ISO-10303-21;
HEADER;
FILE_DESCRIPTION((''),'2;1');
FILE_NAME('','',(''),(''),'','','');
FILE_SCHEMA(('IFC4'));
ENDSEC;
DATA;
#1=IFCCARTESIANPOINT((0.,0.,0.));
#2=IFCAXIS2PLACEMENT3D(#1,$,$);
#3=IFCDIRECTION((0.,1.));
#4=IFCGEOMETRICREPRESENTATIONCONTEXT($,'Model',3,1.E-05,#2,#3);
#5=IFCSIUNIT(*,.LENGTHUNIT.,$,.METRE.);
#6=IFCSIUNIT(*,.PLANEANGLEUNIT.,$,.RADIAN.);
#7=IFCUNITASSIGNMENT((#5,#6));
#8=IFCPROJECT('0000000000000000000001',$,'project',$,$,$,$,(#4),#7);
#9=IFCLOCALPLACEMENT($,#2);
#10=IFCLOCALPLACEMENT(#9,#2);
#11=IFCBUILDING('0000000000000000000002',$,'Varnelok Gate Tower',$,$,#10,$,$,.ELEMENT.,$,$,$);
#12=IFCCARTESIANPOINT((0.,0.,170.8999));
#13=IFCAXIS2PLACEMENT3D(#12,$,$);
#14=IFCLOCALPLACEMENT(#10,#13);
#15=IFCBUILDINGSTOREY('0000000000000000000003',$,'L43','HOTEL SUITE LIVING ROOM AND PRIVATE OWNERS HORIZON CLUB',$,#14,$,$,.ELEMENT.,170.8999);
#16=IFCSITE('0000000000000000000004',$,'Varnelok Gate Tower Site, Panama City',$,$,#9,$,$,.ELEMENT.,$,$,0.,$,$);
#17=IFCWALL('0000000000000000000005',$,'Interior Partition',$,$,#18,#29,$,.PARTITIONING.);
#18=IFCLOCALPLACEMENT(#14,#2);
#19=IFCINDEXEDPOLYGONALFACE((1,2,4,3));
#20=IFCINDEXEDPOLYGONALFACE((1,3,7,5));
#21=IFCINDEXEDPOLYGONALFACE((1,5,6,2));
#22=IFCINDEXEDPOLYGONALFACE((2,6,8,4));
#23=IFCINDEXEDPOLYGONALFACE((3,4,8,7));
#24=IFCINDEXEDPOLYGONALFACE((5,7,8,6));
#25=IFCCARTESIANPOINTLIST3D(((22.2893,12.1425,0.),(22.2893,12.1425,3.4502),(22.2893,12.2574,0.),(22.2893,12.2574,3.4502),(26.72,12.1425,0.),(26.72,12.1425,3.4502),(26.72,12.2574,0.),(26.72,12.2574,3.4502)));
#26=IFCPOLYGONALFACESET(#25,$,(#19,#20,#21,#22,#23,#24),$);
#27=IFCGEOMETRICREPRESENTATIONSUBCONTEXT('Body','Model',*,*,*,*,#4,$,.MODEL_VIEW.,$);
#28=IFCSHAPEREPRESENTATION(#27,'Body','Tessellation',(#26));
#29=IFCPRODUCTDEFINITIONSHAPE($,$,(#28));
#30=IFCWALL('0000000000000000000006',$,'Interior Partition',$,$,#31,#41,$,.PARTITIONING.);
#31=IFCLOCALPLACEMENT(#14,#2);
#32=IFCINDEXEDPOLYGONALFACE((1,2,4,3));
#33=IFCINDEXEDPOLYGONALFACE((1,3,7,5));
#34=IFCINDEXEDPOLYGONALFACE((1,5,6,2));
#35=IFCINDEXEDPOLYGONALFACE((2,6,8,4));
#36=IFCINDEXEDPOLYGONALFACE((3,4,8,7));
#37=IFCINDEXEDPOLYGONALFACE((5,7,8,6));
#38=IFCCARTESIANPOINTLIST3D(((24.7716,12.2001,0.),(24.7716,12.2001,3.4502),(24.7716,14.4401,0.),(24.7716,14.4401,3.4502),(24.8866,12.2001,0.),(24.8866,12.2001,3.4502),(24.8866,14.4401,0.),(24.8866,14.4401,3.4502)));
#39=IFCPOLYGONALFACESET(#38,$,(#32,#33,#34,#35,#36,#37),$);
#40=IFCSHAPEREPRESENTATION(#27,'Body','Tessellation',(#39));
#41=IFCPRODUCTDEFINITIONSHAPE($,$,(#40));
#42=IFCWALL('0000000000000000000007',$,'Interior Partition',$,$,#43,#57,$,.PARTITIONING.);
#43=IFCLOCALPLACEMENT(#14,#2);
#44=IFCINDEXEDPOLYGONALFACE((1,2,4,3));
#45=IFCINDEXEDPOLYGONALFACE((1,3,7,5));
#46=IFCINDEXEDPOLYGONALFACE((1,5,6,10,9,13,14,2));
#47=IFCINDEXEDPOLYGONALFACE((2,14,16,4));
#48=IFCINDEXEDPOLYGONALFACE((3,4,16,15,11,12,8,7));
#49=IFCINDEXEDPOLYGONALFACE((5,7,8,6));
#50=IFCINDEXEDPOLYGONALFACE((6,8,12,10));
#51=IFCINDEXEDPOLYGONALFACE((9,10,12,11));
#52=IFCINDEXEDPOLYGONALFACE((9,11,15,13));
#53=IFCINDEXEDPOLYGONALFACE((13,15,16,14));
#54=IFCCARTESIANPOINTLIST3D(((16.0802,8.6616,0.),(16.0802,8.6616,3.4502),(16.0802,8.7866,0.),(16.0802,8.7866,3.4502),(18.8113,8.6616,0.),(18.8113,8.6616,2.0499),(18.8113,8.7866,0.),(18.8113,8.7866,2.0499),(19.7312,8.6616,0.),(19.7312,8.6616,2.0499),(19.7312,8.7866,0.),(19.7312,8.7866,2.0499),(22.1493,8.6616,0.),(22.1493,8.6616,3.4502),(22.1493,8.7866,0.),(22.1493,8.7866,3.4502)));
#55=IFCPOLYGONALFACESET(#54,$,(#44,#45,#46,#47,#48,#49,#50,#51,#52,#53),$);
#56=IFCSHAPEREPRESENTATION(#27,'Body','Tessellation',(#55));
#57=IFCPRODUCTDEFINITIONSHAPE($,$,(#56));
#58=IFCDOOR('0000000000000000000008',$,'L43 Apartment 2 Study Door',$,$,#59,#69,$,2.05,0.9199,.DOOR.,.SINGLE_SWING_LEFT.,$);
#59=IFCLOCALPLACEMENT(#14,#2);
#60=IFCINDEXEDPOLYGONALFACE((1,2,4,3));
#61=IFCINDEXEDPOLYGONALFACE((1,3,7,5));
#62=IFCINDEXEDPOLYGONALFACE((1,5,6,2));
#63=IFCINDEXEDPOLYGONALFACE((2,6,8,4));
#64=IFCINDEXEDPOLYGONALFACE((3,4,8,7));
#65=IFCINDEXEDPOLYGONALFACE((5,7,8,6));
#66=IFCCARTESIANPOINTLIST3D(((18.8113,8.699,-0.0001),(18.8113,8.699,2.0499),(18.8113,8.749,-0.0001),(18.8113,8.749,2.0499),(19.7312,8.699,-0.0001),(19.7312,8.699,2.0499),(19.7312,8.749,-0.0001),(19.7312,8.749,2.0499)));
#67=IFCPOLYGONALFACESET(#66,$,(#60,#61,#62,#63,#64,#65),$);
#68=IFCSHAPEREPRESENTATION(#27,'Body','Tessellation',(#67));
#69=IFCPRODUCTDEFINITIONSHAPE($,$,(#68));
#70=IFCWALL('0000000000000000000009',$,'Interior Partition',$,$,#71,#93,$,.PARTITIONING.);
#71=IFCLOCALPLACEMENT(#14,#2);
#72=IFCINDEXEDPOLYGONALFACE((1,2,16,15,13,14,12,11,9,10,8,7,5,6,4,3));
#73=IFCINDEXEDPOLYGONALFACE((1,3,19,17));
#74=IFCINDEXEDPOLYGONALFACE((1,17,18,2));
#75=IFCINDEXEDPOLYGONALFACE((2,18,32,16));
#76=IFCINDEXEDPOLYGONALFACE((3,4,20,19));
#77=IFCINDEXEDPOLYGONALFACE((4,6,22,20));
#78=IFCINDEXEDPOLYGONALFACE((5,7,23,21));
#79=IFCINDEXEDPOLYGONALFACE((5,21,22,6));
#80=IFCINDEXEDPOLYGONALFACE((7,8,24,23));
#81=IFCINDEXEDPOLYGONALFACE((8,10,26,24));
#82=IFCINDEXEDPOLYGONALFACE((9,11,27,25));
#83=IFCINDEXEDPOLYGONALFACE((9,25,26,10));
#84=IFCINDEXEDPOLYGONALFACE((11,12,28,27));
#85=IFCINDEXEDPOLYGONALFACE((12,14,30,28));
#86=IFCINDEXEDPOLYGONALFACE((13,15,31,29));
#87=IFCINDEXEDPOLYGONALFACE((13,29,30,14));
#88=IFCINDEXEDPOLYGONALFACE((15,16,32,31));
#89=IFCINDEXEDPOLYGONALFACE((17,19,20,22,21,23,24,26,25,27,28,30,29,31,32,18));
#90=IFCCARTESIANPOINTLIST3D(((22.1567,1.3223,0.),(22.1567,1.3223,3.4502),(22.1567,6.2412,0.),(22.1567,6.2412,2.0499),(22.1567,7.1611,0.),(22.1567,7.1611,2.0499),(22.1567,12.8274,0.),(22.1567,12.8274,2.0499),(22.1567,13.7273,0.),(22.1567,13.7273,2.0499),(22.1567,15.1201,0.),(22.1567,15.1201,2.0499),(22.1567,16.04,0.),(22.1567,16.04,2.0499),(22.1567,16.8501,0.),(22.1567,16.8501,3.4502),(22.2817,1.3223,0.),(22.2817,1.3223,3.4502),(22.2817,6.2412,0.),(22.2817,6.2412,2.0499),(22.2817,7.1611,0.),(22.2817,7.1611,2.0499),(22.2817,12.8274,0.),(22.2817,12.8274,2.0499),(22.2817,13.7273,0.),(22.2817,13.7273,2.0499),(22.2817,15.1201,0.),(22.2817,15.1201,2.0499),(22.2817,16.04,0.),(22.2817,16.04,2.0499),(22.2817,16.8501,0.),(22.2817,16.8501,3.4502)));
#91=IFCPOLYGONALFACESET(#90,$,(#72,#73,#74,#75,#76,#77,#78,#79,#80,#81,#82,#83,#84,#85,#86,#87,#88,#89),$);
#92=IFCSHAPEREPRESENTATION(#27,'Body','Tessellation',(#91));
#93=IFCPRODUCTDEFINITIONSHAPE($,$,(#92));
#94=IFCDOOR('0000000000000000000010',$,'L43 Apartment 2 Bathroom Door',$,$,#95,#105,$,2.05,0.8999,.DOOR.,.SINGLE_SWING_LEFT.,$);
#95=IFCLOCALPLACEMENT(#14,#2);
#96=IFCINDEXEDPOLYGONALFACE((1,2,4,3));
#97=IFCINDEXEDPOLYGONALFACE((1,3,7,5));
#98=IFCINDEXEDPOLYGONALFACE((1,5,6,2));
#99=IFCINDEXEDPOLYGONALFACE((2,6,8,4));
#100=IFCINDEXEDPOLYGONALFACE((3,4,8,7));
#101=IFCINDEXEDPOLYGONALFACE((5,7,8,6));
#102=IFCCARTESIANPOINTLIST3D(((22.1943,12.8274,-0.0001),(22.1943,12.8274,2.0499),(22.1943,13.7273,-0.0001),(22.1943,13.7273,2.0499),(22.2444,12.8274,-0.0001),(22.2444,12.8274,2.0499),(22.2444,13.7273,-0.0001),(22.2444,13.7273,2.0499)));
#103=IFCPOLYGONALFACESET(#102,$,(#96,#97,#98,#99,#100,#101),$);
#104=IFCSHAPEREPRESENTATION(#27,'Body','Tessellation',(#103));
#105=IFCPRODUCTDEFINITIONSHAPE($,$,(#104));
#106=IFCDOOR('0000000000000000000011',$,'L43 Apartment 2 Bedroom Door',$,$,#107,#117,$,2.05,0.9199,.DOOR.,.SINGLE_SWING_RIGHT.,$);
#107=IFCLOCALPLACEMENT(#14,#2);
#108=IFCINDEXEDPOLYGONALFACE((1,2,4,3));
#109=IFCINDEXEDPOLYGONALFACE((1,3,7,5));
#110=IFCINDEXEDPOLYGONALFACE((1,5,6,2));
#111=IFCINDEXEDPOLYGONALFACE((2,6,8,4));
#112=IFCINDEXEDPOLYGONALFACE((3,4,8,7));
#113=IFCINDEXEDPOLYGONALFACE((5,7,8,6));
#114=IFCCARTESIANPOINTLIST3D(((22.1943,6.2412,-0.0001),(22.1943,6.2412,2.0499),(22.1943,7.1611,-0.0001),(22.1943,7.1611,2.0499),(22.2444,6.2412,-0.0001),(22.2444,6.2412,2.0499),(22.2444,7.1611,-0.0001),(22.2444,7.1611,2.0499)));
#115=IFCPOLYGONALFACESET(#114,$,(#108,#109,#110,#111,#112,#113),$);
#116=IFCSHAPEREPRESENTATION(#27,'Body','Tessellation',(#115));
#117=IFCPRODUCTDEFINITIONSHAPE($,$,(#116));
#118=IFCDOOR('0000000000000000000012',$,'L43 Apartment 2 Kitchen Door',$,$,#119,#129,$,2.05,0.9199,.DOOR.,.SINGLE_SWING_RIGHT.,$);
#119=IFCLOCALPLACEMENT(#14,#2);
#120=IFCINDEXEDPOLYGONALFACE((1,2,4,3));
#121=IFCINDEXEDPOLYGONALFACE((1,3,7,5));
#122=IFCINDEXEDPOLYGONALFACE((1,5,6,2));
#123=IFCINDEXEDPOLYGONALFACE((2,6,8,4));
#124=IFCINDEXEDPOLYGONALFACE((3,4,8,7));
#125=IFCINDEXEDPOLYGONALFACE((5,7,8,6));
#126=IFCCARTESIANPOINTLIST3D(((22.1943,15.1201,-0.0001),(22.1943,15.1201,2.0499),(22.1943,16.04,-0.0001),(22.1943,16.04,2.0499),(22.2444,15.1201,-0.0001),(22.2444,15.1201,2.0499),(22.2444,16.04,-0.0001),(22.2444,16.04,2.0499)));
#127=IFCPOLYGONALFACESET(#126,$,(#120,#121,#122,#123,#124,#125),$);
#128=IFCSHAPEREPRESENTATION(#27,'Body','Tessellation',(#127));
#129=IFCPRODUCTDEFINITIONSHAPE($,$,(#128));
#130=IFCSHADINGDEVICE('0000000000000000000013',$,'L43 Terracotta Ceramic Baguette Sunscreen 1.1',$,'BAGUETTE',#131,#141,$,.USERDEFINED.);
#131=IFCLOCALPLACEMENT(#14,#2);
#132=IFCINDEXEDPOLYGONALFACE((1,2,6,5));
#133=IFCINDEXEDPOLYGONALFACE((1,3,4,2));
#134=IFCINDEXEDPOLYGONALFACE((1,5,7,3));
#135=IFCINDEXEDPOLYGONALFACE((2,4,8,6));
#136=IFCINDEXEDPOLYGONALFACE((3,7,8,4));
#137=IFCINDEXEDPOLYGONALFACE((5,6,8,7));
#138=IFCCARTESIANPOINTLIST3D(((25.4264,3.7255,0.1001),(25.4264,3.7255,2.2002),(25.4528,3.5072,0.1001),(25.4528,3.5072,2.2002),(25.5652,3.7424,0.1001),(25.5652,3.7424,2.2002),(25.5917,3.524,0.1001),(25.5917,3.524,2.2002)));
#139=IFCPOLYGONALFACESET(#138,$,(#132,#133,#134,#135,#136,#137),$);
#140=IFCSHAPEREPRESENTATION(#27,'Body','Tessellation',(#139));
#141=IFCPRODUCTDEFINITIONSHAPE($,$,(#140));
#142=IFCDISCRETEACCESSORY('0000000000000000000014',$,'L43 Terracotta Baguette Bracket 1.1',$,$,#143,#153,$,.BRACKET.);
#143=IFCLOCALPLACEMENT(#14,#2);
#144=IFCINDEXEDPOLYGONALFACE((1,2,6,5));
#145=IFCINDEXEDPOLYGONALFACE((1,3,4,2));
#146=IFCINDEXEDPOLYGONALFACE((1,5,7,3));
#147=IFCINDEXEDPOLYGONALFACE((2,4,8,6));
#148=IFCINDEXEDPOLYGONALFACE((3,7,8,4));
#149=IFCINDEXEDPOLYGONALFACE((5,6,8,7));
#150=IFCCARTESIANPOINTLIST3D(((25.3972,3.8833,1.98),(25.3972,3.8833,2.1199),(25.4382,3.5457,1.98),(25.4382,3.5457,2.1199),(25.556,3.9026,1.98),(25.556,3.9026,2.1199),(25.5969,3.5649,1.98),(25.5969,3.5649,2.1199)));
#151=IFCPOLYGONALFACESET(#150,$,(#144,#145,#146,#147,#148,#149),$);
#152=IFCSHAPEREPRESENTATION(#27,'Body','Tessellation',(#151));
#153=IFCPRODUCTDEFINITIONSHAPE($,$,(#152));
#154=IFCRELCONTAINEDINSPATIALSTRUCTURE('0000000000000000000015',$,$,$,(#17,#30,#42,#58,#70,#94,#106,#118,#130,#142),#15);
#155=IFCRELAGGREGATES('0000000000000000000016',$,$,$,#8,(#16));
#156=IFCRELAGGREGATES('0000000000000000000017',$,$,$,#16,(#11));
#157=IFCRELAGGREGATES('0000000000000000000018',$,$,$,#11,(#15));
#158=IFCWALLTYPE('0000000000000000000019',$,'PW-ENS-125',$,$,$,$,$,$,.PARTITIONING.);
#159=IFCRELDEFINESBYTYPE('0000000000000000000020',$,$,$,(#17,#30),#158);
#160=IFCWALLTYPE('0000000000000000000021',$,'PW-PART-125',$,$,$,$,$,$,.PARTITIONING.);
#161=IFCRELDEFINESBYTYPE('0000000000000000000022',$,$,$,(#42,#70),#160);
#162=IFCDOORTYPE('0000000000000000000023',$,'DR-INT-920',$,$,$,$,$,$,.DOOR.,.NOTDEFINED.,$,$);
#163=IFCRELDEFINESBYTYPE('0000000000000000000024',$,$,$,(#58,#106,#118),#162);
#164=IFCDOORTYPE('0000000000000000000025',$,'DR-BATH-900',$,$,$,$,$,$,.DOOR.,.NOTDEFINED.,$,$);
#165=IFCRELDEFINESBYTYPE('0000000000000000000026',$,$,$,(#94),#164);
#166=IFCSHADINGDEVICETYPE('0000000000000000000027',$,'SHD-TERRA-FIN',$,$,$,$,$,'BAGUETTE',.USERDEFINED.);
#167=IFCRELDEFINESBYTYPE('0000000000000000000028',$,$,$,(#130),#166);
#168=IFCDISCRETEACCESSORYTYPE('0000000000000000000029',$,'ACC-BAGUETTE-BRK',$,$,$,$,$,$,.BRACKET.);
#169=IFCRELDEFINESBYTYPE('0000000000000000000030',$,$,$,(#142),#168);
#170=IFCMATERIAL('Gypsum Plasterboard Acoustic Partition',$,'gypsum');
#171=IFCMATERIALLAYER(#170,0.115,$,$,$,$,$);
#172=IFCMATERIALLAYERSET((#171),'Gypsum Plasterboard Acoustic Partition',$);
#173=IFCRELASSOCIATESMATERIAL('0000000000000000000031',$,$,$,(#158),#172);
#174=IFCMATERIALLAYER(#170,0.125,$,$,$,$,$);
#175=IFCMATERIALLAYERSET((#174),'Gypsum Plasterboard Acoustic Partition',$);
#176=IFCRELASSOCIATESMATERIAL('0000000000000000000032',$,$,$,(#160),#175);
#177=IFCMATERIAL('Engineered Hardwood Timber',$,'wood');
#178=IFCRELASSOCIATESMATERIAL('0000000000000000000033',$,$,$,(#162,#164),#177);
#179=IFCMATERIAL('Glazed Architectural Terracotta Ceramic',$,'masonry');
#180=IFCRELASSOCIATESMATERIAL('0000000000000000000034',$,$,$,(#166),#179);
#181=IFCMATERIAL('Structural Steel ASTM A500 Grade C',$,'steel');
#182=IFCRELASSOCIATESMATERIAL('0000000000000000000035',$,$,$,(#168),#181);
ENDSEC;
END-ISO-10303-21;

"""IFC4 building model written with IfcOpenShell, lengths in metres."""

from ifc_helpers import new_model, si_unit, direction, frame, frame_2d, origin, origin_2d, place, context, subcontext, project, spatial, rectangle, extrude, source, transform, mapped, material, layer, layer_set, type_object, element, fill, save


model = new_model("IFC4")

# Units and contexts
model_context = context("Model", 3, precision=1e-05, world=origin(), true_north=direction((0.0, 1.0)))
body_context = subcontext(model_context, "Body", "Model", "MODEL_VIEW")
ifc_project = project(units=[si_unit("LENGTHUNIT", "METRE"), si_unit("PLANEANGLEUNIT", "RADIAN")], contexts=[model_context])

# Site, building, storey
site_placement = place(None, origin())
site = spatial("IfcSite", under=ifc_project, at=site_placement, Name="Varnelok Gate Tower Site, Panama City", CompositionType="ELEMENT", RefElevation=0.0)
building_placement = place(site_placement, origin())
building = spatial("IfcBuilding", under=site, at=building_placement, Name="Varnelok Gate Tower", CompositionType="ELEMENT")
storey_placement = place(building_placement, frame((0.0, 0.0, 170.8999)))
storey = spatial("IfcBuildingStorey", under=building, at=storey_placement, Name="L43", Description="HOTEL SUITE LIVING ROOM AND PRIVATE OWNERS HORIZON CLUB", CompositionType="ELEMENT", Elevation=170.8999)

# Walls
ifc_material_1 = material(Name="Gypsum Plasterboard Acoustic Partition", Category="gypsum")
ifc_layer_1 = layer(ifc_material_1, 0.115)
ifc_layer_set_1 = layer_set([ifc_layer_1], Name="Gypsum Plasterboard Acoustic Partition")
wall_type_1 = type_object("IfcWallType", Name="PW-ENS-125", PredefinedType="PARTITIONING", material=ifc_layer_set_1)
wall_1_placement = place(storey_placement, frame((22.2893, 12.2, 0.0), z_axis=(0.0, 0.0, 1.0), x_axis=(1.0, 0.0, 0.0)))
element("IfcWall", 1, at=wall_1_placement, inside=storey, type_object=wall_type_1, Name="Interior Partition", PredefinedType="PARTITIONING", context=body_context, shape_type="SweptSolid", body=[
    extrude(rectangle(XDim=4.4307, YDim=0.115, at=frame_2d((2.2153, 0.0))), origin(), (0.0, 0.0, 1.0), 3.4502),
])
wall_2_placement = place(storey_placement, frame((24.8291, 12.2, 0.0), z_axis=(0.0, 0.0, 1.0), x_axis=(0.0, 1.0, 0.0)))
element("IfcWall", 2, at=wall_2_placement, inside=storey, type_object=wall_type_1, Name="Interior Partition", PredefinedType="PARTITIONING", context=body_context, shape_type="SweptSolid", body=[
    extrude(rectangle(XDim=2.24, YDim=0.115, at=frame_2d((1.1201, 0.0))), origin(), (0.0, 0.0, 1.0), 3.4502),
])

# Wall, opening, door
ifc_layer_2 = layer(ifc_material_1, 0.125)
ifc_layer_set_2 = layer_set([ifc_layer_2], Name="Gypsum Plasterboard Acoustic Partition")
wall_type_2 = type_object("IfcWallType", Name="PW-PART-125", PredefinedType="PARTITIONING", material=ifc_layer_set_2)
wall_3_placement = place(storey_placement, frame((16.0801, 8.7241, 0.0), z_axis=(0.0, 0.0, 1.0), x_axis=(1.0, 0.0, 0.0)))
wall_3 = element("IfcWall", 3, at=wall_3_placement, inside=storey, type_object=wall_type_2, Name="Interior Partition", PredefinedType="PARTITIONING", context=body_context, shape_type="SweptSolid", body=[
    extrude(rectangle(XDim=6.0691, YDim=0.125, at=frame_2d((3.0347, 0.0))), origin(), (0.0, 0.0, 1.0), 3.4502),
])
opening_1_placement = place(wall_3_placement, frame((2.7312, 0.0, 0.0)))
opening_1 = element("IfcOpeningElement", 4, at=opening_1_placement, cuts=wall_3, PredefinedType="OPENING", context=body_context, shape_type="SweptSolid", body=[
    extrude(rectangle(XDim=0.9199, YDim=2.05, at=frame_2d((0.46, 1.0249))), frame((0.0, 0.0725, 0.0), z_axis=(0.0, -1.0, 0.0), x_axis=(1.0, 0.0, 0.0)), (0.0, 0.0, 1.0), 0.145),
])
ifc_material_2 = material(Name="Engineered Hardwood Timber", Category="wood")
door_type_1 = type_object("IfcDoorType", Name="DR-INT-920", OperationType="NOTDEFINED", PredefinedType="DOOR", material=ifc_material_2)
door_1_placement = place(opening_1_placement, origin())
door_1 = element("IfcDoor", 5, at=door_1_placement, inside=storey, type_object=door_type_1, Name="L43 Apartment 2 Study Door", OperationType="SINGLE_SWING_LEFT", OverallHeight=2.05, OverallWidth=0.9199, PredefinedType="DOOR", context=body_context, shape_type="SweptSolid", body=[
    extrude(rectangle(XDim=0.9199, YDim=2.05, at=frame_2d((0.46, 1.0249))), frame((0.0, 0.0249, 0.0), z_axis=(0.0, -1.0, 0.0), x_axis=(1.0, 0.0, 0.0)), (0.0, 0.0, 1.0), 0.05),
])
fill(opening_1, door_1)

# Wall, openings, doors
wall_4_placement = place(storey_placement, frame((22.2192, 1.3223, 0.0), z_axis=(0.0, 0.0, 1.0), x_axis=(0.0, 1.0, 0.0)))
wall_4 = element("IfcWall", 6, at=wall_4_placement, inside=storey, type_object=wall_type_2, Name="Interior Partition", PredefinedType="PARTITIONING", context=body_context, shape_type="SweptSolid", body=[
    extrude(rectangle(XDim=15.5278, YDim=0.125, at=frame_2d((7.7639, 0.0))), origin(), (0.0, 0.0, 1.0), 3.4502),
])
opening_2_placement = place(wall_4_placement, frame((4.9189, 0.0, 0.0)))
opening_2 = element("IfcOpeningElement", 7, at=opening_2_placement, cuts=wall_4, PredefinedType="OPENING", context=body_context, shape_type="SweptSolid", body=[
    extrude(rectangle(XDim=0.9199, YDim=2.05, at=frame_2d((0.46, 1.0249))), frame((0.0, 0.0725, 0.0), z_axis=(0.0, -1.0, 0.0), x_axis=(1.0, 0.0, 0.0)), (0.0, 0.0, 1.0), 0.145),
])
opening_3_placement = place(wall_4_placement, frame((11.5051, 0.0, 0.0)))
opening_3 = element("IfcOpeningElement", 8, at=opening_3_placement, cuts=wall_4, PredefinedType="OPENING", context=body_context, shape_type="SweptSolid", body=[
    extrude(rectangle(XDim=0.8999, YDim=2.05, at=frame_2d((0.45, 1.0249))), frame((0.0, 0.0725, 0.0), z_axis=(0.0, -1.0, 0.0), x_axis=(1.0, 0.0, 0.0)), (0.0, 0.0, 1.0), 0.145),
])
opening_4_placement = place(wall_4_placement, frame((13.7979, 0.0, 0.0)))
opening_4 = element("IfcOpeningElement", 9, at=opening_4_placement, cuts=wall_4, PredefinedType="OPENING", context=body_context, shape_type="SweptSolid", body=[
    extrude(rectangle(XDim=0.9199, YDim=2.05, at=frame_2d((0.46, 1.0249))), frame((0.0, 0.0725, 0.0), z_axis=(0.0, -1.0, 0.0), x_axis=(1.0, 0.0, 0.0)), (0.0, 0.0, 1.0), 0.145),
])
door_type_2 = type_object("IfcDoorType", Name="DR-BATH-900", OperationType="NOTDEFINED", PredefinedType="DOOR", material=ifc_material_2)
door_2_placement = place(opening_3_placement, origin())
door_2 = element("IfcDoor", 10, at=door_2_placement, inside=storey, type_object=door_type_2, Name="L43 Apartment 2 Bathroom Door", OperationType="SINGLE_SWING_LEFT", OverallHeight=2.05, OverallWidth=0.8999, PredefinedType="DOOR", context=body_context, shape_type="SweptSolid", body=[
    extrude(rectangle(XDim=0.8999, YDim=2.05, at=frame_2d((0.45, 1.0249))), frame((0.0, 0.0249, 0.0), z_axis=(0.0, -1.0, 0.0), x_axis=(1.0, 0.0, 0.0)), (0.0, 0.0, 1.0), 0.05),
])
fill(opening_3, door_2)
door_3_placement = place(opening_2_placement, origin())
door_3 = element("IfcDoor", 11, at=door_3_placement, inside=storey, type_object=door_type_1, Name="L43 Apartment 2 Bedroom Door", OperationType="SINGLE_SWING_RIGHT", OverallHeight=2.05, OverallWidth=0.9199, PredefinedType="DOOR", context=body_context, shape_type="SweptSolid", body=[
    extrude(rectangle(XDim=0.9199, YDim=2.05, at=frame_2d((0.46, 1.0249))), frame((0.0, 0.0249, 0.0), z_axis=(0.0, -1.0, 0.0), x_axis=(1.0, 0.0, 0.0)), (0.0, 0.0, 1.0), 0.05),
])
fill(opening_2, door_3)
door_4_placement = place(opening_4_placement, origin())
door_4 = element("IfcDoor", 12, at=door_4_placement, inside=storey, type_object=door_type_1, Name="L43 Apartment 2 Kitchen Door", OperationType="SINGLE_SWING_RIGHT", OverallHeight=2.05, OverallWidth=0.9199, PredefinedType="DOOR", context=body_context, shape_type="SweptSolid", body=[
    extrude(rectangle(XDim=0.9199, YDim=2.05, at=frame_2d((0.46, 1.0249))), frame((0.0, 0.0249, 0.0), z_axis=(0.0, -1.0, 0.0), x_axis=(1.0, 0.0, 0.0)), (0.0, 0.0, 1.0), 0.05),
])
fill(opening_4, door_4)

# Shading device
ifc_material_3 = material(Name="Glazed Architectural Terracotta Ceramic", Category="masonry")
shading_device_type = type_object("IfcShadingDeviceType", Name="SHD-TERRA-FIN", ElementType="BAGUETTE", PredefinedType="USERDEFINED", material=ifc_material_3)
shared_shape_1 = source(origin(), body_context, "Body", "SweptSolid", [
    extrude(rectangle(XDim=0.1399, YDim=0.22, at=origin_2d()), origin(), (0.0, 0.0, 1.0), 2.1001),
])
shading_device_placement = place(storey_placement, frame((25.509, 3.6248, 0.1001), z_axis=(0.0, 0.0, 1.0), x_axis=(0.992732, 0.120345, 0.0)))
element("IfcShadingDevice", 13, at=shading_device_placement, inside=storey, type_object=shading_device_type, Name="L43 Terracotta Ceramic Baguette Sunscreen 1.1", ObjectType="BAGUETTE", PredefinedType="USERDEFINED", context=body_context, shape_type="MappedRepresentation", body=[
    mapped(shared_shape_1, transform((0.0, 0.0, 0.0), scale=1.0)),
])

# Discrete accessory
ifc_material_4 = material(Name="Structural Steel ASTM A500 Grade C", Category="steel")
discrete_accessory_type = type_object("IfcDiscreteAccessoryType", Name="ACC-BAGUETTE-BRK", PredefinedType="BRACKET", material=ifc_material_4)
shared_shape_2 = source(origin(), body_context, "Body", "SweptSolid", [
    extrude(rectangle(XDim=0.1599, YDim=0.3401, at=origin_2d()), origin(), (0.0, 0.0, 1.0), 0.1399),
])
discrete_accessory_placement = place(storey_placement, frame((25.4971, 3.7241, 1.98), z_axis=(0.0, 0.0, 1.0), x_axis=(0.992732, 0.120345, 0.0)))
element("IfcDiscreteAccessory", 14, at=discrete_accessory_placement, inside=storey, type_object=discrete_accessory_type, Name="L43 Terracotta Baguette Bracket 1.1", PredefinedType="BRACKET", context=body_context, shape_type="MappedRepresentation", body=[
    mapped(shared_shape_2, transform((0.0, 0.0, 0.0), scale=1.0)),
])

save(model, "model.ifc")
